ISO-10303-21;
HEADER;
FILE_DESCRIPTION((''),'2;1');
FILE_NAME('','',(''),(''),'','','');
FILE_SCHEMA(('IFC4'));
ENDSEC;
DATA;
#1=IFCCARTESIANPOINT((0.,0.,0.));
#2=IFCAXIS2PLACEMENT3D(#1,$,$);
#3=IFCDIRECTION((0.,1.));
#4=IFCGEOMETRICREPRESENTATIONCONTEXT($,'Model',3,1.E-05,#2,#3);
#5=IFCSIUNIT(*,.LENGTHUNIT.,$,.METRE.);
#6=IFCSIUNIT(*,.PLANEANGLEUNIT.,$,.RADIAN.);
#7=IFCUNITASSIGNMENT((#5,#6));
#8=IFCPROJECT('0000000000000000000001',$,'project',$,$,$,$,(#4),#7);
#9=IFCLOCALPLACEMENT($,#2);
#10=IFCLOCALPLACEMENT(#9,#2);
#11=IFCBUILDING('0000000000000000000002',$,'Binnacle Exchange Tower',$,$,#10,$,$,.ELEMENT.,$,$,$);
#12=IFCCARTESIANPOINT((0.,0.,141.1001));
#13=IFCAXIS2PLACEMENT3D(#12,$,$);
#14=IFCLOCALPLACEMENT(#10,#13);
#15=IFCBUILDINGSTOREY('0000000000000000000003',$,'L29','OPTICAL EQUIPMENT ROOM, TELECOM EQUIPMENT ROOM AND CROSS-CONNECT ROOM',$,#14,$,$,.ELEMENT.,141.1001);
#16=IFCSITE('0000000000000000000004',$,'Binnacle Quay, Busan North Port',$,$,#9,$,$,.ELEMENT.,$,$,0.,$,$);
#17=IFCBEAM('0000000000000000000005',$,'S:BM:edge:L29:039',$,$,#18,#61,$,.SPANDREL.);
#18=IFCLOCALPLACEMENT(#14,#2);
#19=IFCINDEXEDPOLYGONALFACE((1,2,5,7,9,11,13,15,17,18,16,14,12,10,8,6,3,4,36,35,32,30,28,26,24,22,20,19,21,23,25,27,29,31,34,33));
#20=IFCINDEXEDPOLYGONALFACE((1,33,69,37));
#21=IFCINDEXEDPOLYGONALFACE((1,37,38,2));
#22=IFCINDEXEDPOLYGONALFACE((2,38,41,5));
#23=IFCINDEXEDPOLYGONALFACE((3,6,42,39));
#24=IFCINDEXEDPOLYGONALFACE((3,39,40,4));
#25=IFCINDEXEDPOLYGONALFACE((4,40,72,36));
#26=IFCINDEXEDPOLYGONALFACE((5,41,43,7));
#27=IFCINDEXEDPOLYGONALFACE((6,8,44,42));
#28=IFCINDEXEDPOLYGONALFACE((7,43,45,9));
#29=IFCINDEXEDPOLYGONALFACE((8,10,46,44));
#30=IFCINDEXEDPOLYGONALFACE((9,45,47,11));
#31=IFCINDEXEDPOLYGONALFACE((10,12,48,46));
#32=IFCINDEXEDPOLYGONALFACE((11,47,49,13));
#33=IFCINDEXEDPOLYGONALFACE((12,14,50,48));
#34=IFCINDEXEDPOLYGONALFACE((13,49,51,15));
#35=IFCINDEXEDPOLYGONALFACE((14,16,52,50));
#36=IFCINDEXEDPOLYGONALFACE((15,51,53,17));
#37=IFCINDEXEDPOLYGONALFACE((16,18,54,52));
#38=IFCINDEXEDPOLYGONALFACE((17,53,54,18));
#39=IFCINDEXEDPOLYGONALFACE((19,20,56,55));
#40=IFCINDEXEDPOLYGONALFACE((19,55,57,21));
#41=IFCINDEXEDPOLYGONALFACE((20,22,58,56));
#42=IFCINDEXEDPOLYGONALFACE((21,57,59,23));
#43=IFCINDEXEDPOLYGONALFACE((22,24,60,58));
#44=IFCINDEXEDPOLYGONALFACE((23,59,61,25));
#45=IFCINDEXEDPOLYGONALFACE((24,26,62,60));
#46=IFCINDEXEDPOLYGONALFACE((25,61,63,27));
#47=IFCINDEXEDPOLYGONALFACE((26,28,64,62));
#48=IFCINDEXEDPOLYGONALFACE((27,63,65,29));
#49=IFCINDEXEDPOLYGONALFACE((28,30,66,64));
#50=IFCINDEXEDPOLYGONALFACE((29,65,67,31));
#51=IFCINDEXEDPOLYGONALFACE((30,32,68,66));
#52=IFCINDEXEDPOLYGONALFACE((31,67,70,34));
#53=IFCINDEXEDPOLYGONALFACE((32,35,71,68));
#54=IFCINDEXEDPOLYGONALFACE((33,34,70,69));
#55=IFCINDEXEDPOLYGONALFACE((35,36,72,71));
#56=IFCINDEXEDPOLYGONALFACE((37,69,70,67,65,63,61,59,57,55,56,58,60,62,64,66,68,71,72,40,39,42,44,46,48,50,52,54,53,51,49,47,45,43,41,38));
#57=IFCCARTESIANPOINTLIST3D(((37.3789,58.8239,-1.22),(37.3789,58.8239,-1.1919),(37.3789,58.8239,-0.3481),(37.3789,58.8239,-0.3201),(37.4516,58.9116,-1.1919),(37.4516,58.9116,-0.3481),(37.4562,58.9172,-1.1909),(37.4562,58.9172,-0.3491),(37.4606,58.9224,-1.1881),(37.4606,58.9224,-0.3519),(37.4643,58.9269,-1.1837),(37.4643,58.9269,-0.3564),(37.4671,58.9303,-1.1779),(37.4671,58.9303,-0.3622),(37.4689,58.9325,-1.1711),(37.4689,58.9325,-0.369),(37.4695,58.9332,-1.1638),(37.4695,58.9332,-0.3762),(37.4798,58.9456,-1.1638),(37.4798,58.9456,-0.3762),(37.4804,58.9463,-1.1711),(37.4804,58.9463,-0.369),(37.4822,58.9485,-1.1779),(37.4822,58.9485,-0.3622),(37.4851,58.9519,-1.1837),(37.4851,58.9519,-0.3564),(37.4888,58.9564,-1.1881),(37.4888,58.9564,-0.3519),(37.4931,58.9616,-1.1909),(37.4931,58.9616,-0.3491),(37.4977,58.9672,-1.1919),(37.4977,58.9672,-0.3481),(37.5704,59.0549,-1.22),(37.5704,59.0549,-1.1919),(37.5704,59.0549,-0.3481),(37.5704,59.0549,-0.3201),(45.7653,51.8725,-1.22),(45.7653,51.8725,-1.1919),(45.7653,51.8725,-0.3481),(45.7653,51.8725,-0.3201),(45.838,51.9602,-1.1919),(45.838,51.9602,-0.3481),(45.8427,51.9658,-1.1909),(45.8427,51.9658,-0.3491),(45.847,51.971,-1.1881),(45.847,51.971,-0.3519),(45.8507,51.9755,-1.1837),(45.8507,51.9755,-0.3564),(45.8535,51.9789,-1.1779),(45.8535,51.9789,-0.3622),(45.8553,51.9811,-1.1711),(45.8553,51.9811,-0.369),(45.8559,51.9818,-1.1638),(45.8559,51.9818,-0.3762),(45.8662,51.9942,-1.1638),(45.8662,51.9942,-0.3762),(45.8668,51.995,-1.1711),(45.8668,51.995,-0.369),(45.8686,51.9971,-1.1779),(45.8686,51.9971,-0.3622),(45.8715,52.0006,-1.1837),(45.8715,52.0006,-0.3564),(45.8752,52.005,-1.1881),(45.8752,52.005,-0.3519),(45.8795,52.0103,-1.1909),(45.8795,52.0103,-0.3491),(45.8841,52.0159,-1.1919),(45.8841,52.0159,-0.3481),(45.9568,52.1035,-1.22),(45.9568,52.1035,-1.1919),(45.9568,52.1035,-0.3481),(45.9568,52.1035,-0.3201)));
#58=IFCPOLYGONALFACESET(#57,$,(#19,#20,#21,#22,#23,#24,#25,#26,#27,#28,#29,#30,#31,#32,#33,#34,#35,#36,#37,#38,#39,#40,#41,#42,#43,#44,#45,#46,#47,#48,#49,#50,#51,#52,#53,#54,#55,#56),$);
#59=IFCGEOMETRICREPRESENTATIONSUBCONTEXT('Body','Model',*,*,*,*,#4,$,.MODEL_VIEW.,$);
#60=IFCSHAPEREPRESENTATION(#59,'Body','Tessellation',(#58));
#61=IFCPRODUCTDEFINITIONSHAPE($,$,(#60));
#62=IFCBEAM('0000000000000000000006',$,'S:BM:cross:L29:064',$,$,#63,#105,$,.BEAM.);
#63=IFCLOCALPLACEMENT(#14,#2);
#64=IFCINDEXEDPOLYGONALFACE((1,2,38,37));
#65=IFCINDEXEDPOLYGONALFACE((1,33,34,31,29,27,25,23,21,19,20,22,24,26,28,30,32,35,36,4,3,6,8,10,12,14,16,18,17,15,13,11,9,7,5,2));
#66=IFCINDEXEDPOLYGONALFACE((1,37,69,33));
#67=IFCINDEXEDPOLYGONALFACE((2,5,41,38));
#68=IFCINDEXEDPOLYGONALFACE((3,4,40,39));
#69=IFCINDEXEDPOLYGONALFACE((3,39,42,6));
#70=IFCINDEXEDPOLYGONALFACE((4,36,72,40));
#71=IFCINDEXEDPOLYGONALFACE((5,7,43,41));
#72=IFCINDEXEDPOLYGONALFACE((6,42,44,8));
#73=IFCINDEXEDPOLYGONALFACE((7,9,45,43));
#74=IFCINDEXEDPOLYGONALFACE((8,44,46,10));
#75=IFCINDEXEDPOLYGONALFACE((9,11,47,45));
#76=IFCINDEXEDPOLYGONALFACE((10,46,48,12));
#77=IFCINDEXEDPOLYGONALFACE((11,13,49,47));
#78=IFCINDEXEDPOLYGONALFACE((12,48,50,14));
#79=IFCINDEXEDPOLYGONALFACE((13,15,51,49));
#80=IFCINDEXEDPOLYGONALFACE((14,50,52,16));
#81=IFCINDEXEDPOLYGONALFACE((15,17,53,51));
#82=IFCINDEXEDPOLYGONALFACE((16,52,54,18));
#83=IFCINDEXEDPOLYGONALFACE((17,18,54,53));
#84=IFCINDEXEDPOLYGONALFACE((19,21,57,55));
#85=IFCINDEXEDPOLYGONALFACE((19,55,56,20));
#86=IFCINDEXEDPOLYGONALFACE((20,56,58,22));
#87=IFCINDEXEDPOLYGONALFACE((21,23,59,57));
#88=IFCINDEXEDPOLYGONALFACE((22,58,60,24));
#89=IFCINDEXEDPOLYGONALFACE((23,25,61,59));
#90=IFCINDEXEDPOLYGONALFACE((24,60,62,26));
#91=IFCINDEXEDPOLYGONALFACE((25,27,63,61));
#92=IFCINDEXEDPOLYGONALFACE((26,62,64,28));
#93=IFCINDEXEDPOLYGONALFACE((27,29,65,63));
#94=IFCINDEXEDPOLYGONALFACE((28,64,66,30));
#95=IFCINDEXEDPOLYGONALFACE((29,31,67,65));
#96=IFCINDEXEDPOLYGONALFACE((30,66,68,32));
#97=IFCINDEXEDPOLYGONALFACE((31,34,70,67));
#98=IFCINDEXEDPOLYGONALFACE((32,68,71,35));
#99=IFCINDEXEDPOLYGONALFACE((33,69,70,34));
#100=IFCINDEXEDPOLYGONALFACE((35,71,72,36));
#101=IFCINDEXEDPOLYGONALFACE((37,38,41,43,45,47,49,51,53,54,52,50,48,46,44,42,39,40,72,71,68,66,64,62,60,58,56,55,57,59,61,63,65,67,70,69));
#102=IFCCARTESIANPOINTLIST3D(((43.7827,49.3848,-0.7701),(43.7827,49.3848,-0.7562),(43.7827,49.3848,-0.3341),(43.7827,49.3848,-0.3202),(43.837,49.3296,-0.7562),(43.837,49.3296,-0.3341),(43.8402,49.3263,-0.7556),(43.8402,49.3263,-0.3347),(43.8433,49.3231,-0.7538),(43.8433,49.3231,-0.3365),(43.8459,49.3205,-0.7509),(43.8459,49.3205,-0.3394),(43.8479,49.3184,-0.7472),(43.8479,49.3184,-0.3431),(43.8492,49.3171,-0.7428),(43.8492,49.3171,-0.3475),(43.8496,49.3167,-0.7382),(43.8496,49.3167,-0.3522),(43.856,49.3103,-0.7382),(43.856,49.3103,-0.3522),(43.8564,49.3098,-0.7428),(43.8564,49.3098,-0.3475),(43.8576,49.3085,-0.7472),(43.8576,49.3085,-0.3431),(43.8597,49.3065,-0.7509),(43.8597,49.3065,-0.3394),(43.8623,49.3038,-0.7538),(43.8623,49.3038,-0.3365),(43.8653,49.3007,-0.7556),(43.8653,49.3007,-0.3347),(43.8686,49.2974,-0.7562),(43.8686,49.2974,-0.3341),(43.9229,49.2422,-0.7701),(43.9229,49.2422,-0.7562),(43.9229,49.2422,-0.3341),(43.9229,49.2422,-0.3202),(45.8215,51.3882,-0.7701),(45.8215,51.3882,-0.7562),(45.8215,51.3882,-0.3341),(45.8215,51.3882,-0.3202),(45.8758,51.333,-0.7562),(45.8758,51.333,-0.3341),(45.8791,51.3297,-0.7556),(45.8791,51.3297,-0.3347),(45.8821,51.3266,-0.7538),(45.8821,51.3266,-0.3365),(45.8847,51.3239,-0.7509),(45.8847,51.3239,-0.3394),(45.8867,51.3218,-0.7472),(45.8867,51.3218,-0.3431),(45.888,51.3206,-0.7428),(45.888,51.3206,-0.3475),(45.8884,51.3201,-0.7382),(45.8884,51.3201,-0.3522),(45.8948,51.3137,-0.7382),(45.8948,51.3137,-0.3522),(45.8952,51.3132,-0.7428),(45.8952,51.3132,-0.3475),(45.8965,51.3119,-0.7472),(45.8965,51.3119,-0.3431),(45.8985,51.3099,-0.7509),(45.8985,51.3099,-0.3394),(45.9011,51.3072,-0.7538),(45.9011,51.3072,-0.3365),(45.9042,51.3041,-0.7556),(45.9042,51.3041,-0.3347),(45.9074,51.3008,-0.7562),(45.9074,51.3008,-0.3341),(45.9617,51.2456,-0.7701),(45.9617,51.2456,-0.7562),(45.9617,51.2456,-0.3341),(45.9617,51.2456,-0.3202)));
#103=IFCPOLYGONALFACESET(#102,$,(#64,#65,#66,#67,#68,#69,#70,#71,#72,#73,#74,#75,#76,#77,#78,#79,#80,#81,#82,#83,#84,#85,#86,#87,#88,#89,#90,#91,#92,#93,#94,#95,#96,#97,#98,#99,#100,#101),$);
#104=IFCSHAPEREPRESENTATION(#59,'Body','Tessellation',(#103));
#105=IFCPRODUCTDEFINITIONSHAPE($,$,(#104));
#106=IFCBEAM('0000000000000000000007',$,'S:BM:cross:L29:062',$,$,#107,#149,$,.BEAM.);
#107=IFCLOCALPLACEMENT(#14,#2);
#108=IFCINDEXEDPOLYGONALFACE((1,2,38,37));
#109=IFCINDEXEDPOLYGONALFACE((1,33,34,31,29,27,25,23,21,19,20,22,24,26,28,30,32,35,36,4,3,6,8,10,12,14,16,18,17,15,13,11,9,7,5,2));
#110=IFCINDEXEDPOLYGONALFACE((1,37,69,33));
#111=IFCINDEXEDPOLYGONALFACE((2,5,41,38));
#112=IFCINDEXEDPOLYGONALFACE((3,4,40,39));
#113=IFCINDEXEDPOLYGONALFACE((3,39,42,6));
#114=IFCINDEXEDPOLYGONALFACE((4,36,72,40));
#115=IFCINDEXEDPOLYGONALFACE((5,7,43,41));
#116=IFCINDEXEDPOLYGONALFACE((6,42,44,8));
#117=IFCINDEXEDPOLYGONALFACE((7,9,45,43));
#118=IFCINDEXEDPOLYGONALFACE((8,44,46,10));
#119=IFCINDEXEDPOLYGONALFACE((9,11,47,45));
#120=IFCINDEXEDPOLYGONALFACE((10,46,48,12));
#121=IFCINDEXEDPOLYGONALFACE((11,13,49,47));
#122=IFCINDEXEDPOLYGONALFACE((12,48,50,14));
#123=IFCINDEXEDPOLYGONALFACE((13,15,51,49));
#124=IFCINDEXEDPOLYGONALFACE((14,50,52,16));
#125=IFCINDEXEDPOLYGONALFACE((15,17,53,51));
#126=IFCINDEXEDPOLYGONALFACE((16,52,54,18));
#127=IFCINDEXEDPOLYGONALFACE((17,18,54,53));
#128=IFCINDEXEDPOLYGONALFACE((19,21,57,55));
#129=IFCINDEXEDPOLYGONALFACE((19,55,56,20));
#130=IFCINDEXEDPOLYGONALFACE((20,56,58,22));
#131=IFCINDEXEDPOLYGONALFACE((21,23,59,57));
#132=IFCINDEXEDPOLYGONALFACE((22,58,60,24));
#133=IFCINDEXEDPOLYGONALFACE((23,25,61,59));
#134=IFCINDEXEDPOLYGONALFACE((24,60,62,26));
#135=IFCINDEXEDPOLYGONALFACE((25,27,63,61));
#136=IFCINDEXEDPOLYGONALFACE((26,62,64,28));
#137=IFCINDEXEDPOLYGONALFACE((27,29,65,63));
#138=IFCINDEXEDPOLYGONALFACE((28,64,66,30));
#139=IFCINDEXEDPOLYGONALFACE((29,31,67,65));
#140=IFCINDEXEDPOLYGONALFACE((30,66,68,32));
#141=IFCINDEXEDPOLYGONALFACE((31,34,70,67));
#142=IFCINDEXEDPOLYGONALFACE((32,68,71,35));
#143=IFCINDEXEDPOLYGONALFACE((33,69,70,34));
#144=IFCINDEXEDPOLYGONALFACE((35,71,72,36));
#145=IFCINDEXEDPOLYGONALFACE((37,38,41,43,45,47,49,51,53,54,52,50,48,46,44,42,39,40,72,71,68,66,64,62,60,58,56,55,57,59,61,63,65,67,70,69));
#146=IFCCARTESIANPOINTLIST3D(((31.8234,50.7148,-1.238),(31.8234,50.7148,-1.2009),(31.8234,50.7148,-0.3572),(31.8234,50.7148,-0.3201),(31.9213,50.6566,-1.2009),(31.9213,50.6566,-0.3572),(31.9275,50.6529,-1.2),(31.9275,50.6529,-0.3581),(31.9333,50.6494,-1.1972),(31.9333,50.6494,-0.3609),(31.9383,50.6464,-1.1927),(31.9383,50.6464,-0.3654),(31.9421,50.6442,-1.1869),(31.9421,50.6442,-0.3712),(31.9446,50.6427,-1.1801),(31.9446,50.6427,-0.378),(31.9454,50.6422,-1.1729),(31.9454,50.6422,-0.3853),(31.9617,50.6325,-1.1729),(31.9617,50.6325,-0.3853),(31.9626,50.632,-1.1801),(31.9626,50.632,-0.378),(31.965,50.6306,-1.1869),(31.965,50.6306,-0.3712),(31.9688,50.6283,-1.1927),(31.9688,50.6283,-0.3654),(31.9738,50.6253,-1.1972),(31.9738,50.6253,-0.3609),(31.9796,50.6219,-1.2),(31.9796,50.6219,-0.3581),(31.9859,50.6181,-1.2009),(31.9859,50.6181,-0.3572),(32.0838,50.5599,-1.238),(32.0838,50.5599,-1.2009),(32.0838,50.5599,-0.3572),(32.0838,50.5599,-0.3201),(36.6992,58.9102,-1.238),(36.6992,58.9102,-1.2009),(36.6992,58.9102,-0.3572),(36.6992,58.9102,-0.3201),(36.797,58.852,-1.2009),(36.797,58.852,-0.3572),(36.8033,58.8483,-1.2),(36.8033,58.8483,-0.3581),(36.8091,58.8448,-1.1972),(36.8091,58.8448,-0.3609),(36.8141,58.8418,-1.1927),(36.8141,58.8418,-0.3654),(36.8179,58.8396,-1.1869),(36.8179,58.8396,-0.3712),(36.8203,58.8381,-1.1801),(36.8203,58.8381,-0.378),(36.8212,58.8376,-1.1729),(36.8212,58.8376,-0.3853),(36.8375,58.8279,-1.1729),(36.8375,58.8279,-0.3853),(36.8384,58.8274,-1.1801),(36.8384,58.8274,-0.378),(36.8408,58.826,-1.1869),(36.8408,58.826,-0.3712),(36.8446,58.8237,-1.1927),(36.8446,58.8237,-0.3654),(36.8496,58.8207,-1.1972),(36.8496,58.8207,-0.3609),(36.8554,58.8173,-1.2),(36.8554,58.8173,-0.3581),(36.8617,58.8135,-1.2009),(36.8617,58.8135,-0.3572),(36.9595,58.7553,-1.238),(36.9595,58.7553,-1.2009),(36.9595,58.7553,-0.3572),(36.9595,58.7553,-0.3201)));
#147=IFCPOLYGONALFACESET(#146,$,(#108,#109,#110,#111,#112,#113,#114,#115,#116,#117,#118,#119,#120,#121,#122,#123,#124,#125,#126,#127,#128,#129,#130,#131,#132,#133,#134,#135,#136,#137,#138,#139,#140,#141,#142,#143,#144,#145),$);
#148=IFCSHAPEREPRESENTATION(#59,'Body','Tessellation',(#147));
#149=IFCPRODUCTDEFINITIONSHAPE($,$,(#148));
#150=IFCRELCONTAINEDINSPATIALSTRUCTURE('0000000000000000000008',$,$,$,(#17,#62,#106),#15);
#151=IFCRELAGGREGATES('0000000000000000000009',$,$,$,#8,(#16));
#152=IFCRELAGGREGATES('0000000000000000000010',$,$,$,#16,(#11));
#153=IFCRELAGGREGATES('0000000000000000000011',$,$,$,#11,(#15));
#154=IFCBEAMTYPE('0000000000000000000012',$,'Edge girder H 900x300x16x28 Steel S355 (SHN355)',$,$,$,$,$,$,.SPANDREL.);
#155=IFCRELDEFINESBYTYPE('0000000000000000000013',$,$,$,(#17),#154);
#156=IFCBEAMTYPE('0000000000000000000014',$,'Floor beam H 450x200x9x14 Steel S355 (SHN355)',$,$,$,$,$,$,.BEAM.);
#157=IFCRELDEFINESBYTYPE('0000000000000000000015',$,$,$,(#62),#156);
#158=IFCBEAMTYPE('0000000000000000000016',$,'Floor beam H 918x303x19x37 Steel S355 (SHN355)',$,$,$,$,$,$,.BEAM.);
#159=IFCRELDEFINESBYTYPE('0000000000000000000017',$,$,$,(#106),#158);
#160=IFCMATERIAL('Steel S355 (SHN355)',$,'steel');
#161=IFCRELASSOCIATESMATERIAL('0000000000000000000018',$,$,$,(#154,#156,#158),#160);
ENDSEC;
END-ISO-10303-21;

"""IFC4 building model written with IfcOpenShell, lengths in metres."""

from ifc_helpers import new_model, si_unit, direction, frame, origin, origin_2d, place, context, subcontext, project, spatial, i_section, extrude, material, material_profile, profile_set, type_object, element, save


model = new_model("IFC4")

# Units and contexts
model_context = context("Model", 3, precision=1e-05, world=origin(), true_north=direction((0.0, 1.0)))
body_context = subcontext(model_context, "Body", "Model", "MODEL_VIEW")
ifc_project = project(units=[si_unit("LENGTHUNIT", "METRE"), si_unit("PLANEANGLEUNIT", "RADIAN")], contexts=[model_context])

# Site, building, storey
site_placement = place(None, origin())
site = spatial("IfcSite", under=ifc_project, at=site_placement, Name="Binnacle Quay, Busan North Port", CompositionType="ELEMENT", RefElevation=0.0)
building_placement = place(site_placement, origin())
building = spatial("IfcBuilding", under=site, at=building_placement, Name="Binnacle Exchange Tower", CompositionType="ELEMENT")
storey_placement = place(building_placement, frame((0.0, 0.0, 141.1001)))
storey = spatial("IfcBuildingStorey", under=building, at=storey_placement, Name="L29", Description="OPTICAL EQUIPMENT ROOM, TELECOM EQUIPMENT ROOM AND CROSS-CONNECT ROOM", CompositionType="ELEMENT", Elevation=141.1001)

# Beams
ifc_material_1 = material(Name="Steel S355 (SHN355)", Category="steel")
ifc_material_profile_1 = material_profile(ifc_material_1, i_section(OverallWidth=0.3, OverallDepth=0.8999, WebThickness=0.0161, FlangeThickness=0.0281, FilletRadius=0.0281, at=origin_2d()), Name="H 900x300x16x28")
ifc_profile_set_1 = profile_set([ifc_material_profile_1], Name="Steel S355 (SHN355)")
beam_type_1 = type_object("IfcBeamType", Name="Edge girder H 900x300x16x28 Steel S355 (SHN355)", PredefinedType="SPANDREL", material=ifc_profile_set_1)
beam_1_placement = place(storey_placement, frame((45.8611, 51.988, -0.77), z_axis=(-0.769903, 0.638161, 0.0), x_axis=(-0.638161, -0.769903, 0.0)))
element("IfcBeam", 1, at=beam_1_placement, inside=storey, type_object=beam_type_1, Name="S:BM:edge:L29:039", PredefinedType="SPANDREL", context=body_context, shape_type="SweptSolid", body=[
    extrude(i_section(OverallWidth=0.3, OverallDepth=0.8999, WebThickness=0.0161, FlangeThickness=0.0281, FilletRadius=0.0281, at=origin_2d()), origin(), (0.0, 0.0, 1.0), 10.8928),
])
ifc_material_profile_2 = material_profile(ifc_material_1, i_section(OverallWidth=0.2, OverallDepth=0.45, WebThickness=0.009, FlangeThickness=0.0139, FilletRadius=0.0181, at=origin_2d()), Name="H 450x200x9x14")
ifc_profile_set_2 = profile_set([ifc_material_profile_2], Name="Steel S355 (SHN355)")
beam_type_2 = type_object("IfcBeamType", Name="Floor beam H 450x200x9x14 Steel S355 (SHN355)", PredefinedType="BEAM", material=ifc_profile_set_2)
beam_2_placement = place(storey_placement, frame((45.8916, 51.3169, -0.5452), z_axis=(-0.713272, -0.700887, 0.0), x_axis=(0.700887, -0.713272, 0.0)))
element("IfcBeam", 2, at=beam_2_placement, inside=storey, type_object=beam_type_2, Name="S:BM:cross:L29:064", PredefinedType="BEAM", context=body_context, shape_type="SweptSolid", body=[
    extrude(i_section(OverallWidth=0.2, OverallDepth=0.45, WebThickness=0.009, FlangeThickness=0.0139, FilletRadius=0.0181, at=origin_2d()), origin(), (0.0, 0.0, 1.0), 2.8584),
])
ifc_material_profile_3 = material_profile(ifc_material_1, i_section(OverallWidth=0.303, OverallDepth=0.918, WebThickness=0.019, FlangeThickness=0.0371, FilletRadius=0.0281, at=origin_2d()), Name="H 918x303x19x37")
ifc_profile_set_3 = profile_set([ifc_material_profile_3], Name="Steel S355 (SHN355)")
beam_type_3 = type_object("IfcBeamType", Name="Floor beam H 918x303x19x37 Steel S355 (SHN355)", PredefinedType="BEAM", material=ifc_profile_set_3)
beam_3_placement = place(storey_placement, frame((36.8293, 58.8328, -0.7791), z_axis=(-0.511296, -0.859405, 0.0), x_axis=(0.859405, -0.511296, 0.0)))
element("IfcBeam", 3, at=beam_3_placement, inside=storey, type_object=beam_type_3, Name="S:BM:cross:L29:062", PredefinedType="BEAM", context=body_context, shape_type="SweptSolid", body=[
    extrude(i_section(OverallWidth=0.303, OverallDepth=0.918, WebThickness=0.019, FlangeThickness=0.0371, FilletRadius=0.0281, at=origin_2d()), origin(), (0.0, 0.0, 1.0), 9.5361),
])

save(model, "model.ifc")
